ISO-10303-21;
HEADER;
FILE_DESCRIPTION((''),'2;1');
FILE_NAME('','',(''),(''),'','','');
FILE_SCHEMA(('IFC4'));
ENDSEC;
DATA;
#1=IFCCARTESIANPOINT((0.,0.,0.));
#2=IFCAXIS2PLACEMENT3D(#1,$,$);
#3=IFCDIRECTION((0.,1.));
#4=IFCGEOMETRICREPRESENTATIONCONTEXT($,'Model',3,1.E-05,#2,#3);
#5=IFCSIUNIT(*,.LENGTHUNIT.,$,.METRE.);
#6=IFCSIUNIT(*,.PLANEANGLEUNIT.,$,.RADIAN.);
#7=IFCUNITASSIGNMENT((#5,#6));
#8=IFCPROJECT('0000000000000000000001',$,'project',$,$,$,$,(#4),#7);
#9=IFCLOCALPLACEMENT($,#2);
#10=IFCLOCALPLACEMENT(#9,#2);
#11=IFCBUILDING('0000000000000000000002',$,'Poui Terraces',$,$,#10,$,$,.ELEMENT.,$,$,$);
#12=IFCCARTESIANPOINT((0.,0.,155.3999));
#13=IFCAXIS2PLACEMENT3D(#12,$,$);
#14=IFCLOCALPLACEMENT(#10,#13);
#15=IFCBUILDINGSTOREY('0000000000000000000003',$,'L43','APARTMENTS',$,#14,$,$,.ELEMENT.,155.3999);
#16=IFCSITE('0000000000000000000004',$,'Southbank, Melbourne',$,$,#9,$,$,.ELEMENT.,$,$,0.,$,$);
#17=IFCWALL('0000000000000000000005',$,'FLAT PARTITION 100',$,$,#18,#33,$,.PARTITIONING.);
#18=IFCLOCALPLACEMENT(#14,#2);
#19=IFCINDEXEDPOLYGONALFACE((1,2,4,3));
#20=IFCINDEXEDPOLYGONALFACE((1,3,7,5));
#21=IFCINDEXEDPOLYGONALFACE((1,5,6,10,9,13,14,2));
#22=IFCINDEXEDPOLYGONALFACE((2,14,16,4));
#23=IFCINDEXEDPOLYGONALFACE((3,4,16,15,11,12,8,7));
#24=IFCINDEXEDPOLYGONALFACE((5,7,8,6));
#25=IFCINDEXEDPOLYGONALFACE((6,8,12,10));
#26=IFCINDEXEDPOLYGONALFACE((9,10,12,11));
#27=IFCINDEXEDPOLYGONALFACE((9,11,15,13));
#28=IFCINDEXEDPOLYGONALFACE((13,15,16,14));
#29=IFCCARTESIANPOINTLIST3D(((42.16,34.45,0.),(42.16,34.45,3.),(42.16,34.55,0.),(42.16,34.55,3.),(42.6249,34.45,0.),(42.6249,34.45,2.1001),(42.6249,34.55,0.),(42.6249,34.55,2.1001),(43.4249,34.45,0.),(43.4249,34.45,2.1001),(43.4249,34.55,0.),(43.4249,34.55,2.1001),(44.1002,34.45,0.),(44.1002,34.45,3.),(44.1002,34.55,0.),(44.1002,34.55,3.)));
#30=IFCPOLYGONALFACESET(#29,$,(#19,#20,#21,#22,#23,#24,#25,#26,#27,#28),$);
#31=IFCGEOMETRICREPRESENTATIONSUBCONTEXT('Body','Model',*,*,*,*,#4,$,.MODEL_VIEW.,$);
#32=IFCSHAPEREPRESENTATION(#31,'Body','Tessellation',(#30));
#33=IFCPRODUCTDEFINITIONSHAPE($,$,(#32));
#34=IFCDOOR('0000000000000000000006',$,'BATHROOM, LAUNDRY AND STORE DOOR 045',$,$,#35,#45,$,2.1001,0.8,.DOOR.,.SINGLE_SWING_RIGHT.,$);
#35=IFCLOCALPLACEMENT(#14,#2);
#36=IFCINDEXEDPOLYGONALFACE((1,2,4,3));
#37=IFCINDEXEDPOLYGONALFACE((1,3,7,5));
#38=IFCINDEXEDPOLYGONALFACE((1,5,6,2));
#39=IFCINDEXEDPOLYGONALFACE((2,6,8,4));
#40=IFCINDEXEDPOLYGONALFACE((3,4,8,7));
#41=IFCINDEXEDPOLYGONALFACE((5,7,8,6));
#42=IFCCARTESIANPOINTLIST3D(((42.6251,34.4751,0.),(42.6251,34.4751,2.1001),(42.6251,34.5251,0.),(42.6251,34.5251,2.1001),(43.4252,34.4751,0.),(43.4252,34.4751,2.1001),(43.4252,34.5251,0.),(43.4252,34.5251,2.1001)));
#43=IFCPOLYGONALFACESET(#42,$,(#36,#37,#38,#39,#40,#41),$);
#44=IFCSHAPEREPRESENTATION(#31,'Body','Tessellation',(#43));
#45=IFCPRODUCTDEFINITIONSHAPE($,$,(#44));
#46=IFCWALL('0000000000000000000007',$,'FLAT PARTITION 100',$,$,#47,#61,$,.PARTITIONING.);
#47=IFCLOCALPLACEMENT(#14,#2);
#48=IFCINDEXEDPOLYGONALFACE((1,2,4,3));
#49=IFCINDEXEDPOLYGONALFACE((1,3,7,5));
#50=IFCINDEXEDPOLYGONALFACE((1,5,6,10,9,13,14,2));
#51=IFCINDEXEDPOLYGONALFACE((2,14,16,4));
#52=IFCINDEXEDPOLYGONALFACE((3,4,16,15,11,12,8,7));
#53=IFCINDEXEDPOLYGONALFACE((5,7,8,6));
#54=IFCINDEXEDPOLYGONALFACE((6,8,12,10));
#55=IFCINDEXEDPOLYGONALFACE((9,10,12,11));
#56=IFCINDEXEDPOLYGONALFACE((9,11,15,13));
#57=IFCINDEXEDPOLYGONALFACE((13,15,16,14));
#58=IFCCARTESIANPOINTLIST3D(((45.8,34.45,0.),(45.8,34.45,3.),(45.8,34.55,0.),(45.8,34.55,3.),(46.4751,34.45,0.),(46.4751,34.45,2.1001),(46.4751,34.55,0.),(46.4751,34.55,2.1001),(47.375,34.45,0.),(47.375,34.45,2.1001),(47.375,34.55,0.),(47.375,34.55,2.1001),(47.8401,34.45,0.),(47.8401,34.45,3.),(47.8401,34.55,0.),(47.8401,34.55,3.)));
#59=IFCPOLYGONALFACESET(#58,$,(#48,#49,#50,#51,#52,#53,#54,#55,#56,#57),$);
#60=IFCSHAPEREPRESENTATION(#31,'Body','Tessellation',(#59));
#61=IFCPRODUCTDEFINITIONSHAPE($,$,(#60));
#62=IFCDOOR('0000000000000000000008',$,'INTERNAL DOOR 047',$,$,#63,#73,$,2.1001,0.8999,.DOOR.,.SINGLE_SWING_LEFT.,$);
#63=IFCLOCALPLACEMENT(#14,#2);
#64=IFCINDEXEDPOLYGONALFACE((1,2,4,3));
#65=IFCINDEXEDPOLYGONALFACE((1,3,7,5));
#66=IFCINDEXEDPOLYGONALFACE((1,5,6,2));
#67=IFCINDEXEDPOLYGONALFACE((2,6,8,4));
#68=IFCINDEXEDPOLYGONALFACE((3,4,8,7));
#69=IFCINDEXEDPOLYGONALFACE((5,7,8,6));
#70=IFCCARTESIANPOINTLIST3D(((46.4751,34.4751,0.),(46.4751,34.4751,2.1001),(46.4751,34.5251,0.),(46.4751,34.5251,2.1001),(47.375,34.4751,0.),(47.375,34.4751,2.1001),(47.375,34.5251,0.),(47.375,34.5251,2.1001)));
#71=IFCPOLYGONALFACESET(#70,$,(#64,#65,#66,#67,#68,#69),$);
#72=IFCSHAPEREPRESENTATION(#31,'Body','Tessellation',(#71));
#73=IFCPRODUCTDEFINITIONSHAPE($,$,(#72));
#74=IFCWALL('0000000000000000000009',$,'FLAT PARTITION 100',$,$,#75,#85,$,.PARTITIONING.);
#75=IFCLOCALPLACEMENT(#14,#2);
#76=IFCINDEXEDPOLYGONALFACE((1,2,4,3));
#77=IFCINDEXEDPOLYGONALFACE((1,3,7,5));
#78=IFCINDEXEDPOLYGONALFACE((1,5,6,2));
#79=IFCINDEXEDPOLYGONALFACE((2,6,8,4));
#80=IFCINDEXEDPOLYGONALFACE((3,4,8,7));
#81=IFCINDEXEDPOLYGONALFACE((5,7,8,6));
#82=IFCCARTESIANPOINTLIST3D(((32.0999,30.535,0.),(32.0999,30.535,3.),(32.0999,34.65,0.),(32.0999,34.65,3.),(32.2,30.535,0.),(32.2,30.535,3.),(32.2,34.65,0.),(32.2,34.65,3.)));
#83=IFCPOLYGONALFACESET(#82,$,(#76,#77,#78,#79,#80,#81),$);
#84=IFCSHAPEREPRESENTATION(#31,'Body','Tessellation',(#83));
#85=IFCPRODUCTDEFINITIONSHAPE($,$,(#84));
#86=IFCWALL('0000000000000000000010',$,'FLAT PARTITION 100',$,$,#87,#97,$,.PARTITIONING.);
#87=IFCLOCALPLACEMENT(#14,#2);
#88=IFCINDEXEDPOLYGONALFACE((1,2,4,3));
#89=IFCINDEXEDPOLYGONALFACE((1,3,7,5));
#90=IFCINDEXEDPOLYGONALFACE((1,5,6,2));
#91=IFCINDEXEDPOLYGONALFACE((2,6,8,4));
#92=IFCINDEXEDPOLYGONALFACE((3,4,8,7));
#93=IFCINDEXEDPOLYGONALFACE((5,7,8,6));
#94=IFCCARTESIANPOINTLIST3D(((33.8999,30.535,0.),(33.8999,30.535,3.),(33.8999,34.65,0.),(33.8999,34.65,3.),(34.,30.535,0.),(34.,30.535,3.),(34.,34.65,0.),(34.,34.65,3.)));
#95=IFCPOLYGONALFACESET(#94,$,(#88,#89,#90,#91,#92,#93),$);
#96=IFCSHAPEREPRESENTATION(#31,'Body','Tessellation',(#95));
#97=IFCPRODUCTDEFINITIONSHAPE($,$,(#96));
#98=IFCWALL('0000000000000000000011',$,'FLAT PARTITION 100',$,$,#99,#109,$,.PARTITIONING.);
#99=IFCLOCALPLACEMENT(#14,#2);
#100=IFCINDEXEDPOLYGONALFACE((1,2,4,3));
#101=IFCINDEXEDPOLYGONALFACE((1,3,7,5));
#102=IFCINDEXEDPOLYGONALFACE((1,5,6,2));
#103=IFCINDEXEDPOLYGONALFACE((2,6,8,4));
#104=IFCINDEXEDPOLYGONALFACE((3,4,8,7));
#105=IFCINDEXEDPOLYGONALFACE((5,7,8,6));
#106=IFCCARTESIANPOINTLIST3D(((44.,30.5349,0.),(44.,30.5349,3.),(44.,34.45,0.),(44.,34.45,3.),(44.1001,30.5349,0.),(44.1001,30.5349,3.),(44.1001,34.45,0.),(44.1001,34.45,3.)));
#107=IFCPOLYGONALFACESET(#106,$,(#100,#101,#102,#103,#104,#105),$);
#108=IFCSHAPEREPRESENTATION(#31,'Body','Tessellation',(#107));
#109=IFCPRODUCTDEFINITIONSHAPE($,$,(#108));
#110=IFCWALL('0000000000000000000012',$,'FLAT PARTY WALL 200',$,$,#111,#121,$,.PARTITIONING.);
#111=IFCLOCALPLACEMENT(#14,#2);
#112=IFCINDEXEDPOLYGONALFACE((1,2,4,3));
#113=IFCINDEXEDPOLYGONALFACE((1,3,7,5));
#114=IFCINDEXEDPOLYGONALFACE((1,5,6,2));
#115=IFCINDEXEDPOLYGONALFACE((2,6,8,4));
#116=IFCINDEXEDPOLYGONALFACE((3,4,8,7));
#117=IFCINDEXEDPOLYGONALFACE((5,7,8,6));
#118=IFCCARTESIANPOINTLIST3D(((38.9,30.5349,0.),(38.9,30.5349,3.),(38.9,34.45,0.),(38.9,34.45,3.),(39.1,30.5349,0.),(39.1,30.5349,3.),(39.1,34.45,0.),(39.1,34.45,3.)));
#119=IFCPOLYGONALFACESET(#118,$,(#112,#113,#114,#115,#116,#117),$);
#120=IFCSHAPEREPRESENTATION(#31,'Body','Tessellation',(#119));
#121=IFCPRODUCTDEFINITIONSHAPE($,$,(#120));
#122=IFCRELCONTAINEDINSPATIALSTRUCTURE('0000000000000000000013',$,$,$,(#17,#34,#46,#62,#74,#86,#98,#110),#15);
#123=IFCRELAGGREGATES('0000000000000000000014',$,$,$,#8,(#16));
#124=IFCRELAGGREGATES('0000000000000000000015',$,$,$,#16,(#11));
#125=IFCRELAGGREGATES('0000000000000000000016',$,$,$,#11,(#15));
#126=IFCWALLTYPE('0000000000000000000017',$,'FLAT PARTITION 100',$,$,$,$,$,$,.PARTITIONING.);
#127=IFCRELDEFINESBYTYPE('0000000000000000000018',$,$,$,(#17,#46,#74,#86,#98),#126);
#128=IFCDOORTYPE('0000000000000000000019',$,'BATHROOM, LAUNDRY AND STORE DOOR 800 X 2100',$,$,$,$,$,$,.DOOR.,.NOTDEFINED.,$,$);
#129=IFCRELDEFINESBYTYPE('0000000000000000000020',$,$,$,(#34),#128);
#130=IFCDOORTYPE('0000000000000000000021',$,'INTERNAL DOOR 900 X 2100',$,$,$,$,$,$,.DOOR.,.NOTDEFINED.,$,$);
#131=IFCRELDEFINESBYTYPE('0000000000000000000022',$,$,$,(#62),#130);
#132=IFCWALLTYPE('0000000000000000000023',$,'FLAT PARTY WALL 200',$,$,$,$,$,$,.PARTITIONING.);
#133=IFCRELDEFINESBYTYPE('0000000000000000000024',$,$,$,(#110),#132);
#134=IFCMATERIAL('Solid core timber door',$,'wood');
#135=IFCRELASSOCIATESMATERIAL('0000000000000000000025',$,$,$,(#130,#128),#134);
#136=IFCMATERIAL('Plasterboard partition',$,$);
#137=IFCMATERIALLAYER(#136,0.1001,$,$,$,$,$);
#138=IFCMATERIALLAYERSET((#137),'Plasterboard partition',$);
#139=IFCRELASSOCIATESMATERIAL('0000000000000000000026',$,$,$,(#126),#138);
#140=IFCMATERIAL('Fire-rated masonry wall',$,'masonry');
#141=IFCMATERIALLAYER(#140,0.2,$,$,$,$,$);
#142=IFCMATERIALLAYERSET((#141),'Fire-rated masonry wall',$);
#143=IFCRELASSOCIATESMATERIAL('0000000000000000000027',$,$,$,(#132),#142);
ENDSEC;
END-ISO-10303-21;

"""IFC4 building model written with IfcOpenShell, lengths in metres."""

from ifc_helpers import new_model, si_unit, direction, frame, frame_2d, origin, place, context, subcontext, project, spatial, rectangle, extrude, material, layer, layer_set, type_object, element, fill, save


model = new_model("IFC4")

# Units and contexts
model_context = context("Model", 3, precision=1e-05, world=origin(), true_north=direction((0.0, 1.0)))
body_context = subcontext(model_context, "Body", "Model", "MODEL_VIEW")
ifc_project = project(units=[si_unit("LENGTHUNIT", "METRE"), si_unit("PLANEANGLEUNIT", "RADIAN")], contexts=[model_context])

# Site, building, storey
site_placement = place(None, origin())
site = spatial("IfcSite", under=ifc_project, at=site_placement, Name="Southbank, Melbourne", CompositionType="ELEMENT", RefElevation=0.0)
building_placement = place(site_placement, origin())
building = spatial("IfcBuilding", under=site, at=building_placement, Name="Poui Terraces", CompositionType="ELEMENT")
storey_placement = place(building_placement, frame((0.0, 0.0, 155.3999)))
storey = spatial("IfcBuildingStorey", under=building, at=storey_placement, Name="L43", Description="APARTMENTS", CompositionType="ELEMENT", Elevation=155.3999)

# Walls, openings, doors
ifc_material_1 = material(Name="Solid core timber door", Category="wood")
door_type_1 = type_object("IfcDoorType", Name="INTERNAL DOOR 900 X 2100", OperationType="NOTDEFINED", PredefinedType="DOOR", material=ifc_material_1)
ifc_material_2 = material(Name="Plasterboard partition")
ifc_layer_1 = layer(ifc_material_2, 0.1001)
ifc_layer_set_1 = layer_set([ifc_layer_1], Name="Plasterboard partition")
wall_type_1 = type_object("IfcWallType", Name="FLAT PARTITION 100", PredefinedType="PARTITIONING", material=ifc_layer_set_1)
door_type_2 = type_object("IfcDoorType", Name="BATHROOM, LAUNDRY AND STORE DOOR 800 X 2100", OperationType="NOTDEFINED", PredefinedType="DOOR", material=ifc_material_1)
wall_1_placement = place(storey_placement, frame((42.1599, 34.5, 0.0), z_axis=(0.0, 0.0, 1.0), x_axis=(1.0, 0.0, 0.0)))
wall_1 = element("IfcWall", 1, at=wall_1_placement, inside=storey, type_object=wall_type_1, Name="FLAT PARTITION 100", PredefinedType="PARTITIONING", context=body_context, shape_type="SweptSolid", body=[
    extrude(rectangle(XDim=1.9402, YDim=0.1001, at=frame_2d((0.9702, 0.0))), origin(), (0.0, 0.0, 1.0), 3.0),
])
opening_1_placement = place(wall_1_placement, frame((0.4651, 0.0, 0.0)))
opening_1 = element("IfcOpeningElement", 2, at=opening_1_placement, cuts=wall_1, PredefinedType="OPENING", context=body_context, shape_type="SweptSolid", body=[
    extrude(rectangle(XDim=0.8, YDim=2.1001, at=frame_2d((0.3999, 1.05))), frame((0.0, 0.0601, 0.0), z_axis=(0.0, -1.0, 0.0), x_axis=(1.0, 0.0, 0.0)), (0.0, 0.0, 1.0), 0.1201),
])
door_1_placement = place(opening_1_placement, frame((0.8, 0.0, 0.0), z_axis=(0.0, 0.0, 1.0), x_axis=(-1.0, 0.0, 0.0)))
door_1 = element("IfcDoor", 3, at=door_1_placement, inside=storey, type_object=door_type_2, Name="BATHROOM, LAUNDRY AND STORE DOOR 045", OperationType="SINGLE_SWING_RIGHT", OverallHeight=2.1001, OverallWidth=0.8, PredefinedType="DOOR", context=body_context, shape_type="SweptSolid", body=[
    extrude(rectangle(XDim=0.8, YDim=2.1001, at=frame_2d((0.3999, 1.05))), frame((0.0, 0.0249, 0.0), z_axis=(0.0, -1.0, 0.0), x_axis=(1.0, 0.0, 0.0)), (0.0, 0.0, 1.0), 0.05),
])
fill(opening_1, door_1)
wall_2_placement = place(storey_placement, frame((45.8, 34.5, 0.0), z_axis=(0.0, 0.0, 1.0), x_axis=(1.0, 0.0, 0.0)))
wall_2 = element("IfcWall", 4, at=wall_2_placement, inside=storey, type_object=wall_type_1, Name="FLAT PARTITION 100", PredefinedType="PARTITIONING", context=body_context, shape_type="SweptSolid", body=[
    extrude(rectangle(XDim=2.04, YDim=0.1001, at=frame_2d((1.02, 0.0))), origin(), (0.0, 0.0, 1.0), 3.0),
])
opening_2_placement = place(wall_2_placement, frame((0.675, 0.0, 0.0)))
opening_2 = element("IfcOpeningElement", 5, at=opening_2_placement, cuts=wall_2, PredefinedType="OPENING", context=body_context, shape_type="SweptSolid", body=[
    extrude(rectangle(XDim=0.8999, YDim=2.1001, at=frame_2d((0.45, 1.05))), frame((0.0, 0.0601, 0.0), z_axis=(0.0, -1.0, 0.0), x_axis=(1.0, 0.0, 0.0)), (0.0, 0.0, 1.0), 0.1201),
])
door_2_placement = place(opening_2_placement, frame((0.8999, 0.0, 0.0), z_axis=(0.0, 0.0, 1.0), x_axis=(-1.0, 0.0, 0.0)))
door_2 = element("IfcDoor", 6, at=door_2_placement, inside=storey, type_object=door_type_1, Name="INTERNAL DOOR 047", OperationType="SINGLE_SWING_LEFT", OverallHeight=2.1001, OverallWidth=0.8999, PredefinedType="DOOR", context=body_context, shape_type="SweptSolid", body=[
    extrude(rectangle(XDim=0.8999, YDim=2.1001, at=frame_2d((0.45, 1.05))), frame((0.0, 0.0249, 0.0), z_axis=(0.0, -1.0, 0.0), x_axis=(1.0, 0.0, 0.0)), (0.0, 0.0, 1.0), 0.05),
])
fill(opening_2, door_2)

# Walls
for number, where, z_axis, x_axis, name in (
    (7, (32.1499, 30.5349, 0.0), (0.0, 0.0, 1.0), (0.0, 1.0, 0.0), "FLAT PARTITION 100"),
    (8, (33.95, 30.5349, 0.0), (0.0, 0.0, 1.0), (0.0, 1.0, 0.0), "FLAT PARTITION 100"),
):
    element("IfcWall", number, at=place(storey_placement, frame(where, z_axis=z_axis, x_axis=x_axis)), inside=storey, type_object=wall_type_1, Name=name, PredefinedType="PARTITIONING", context=body_context, shape_type="SweptSolid", body=[
        extrude(rectangle(XDim=4.115, YDim=0.1001, at=frame_2d((2.0576, 0.0))), origin(), (0.0, 0.0, 1.0), 3.0),
    ])
wall_3_placement = place(storey_placement, frame((44.05, 30.5349, 0.0), z_axis=(0.0, 0.0, 1.0), x_axis=(0.0, 1.0, 0.0)))
element("IfcWall", 9, at=wall_3_placement, inside=storey, type_object=wall_type_1, Name="FLAT PARTITION 100", PredefinedType="PARTITIONING", context=body_context, shape_type="SweptSolid", body=[
    extrude(rectangle(XDim=3.915, YDim=0.1001, at=frame_2d((1.9575, 0.0))), origin(), (0.0, 0.0, 1.0), 3.0),
])
ifc_material_3 = material(Name="Fire-rated masonry wall", Category="masonry")
ifc_layer_2 = layer(ifc_material_3, 0.2)
ifc_layer_set_2 = layer_set([ifc_layer_2], Name="Fire-rated masonry wall")
wall_type_2 = type_object("IfcWallType", Name="FLAT PARTY WALL 200", PredefinedType="PARTITIONING", material=ifc_layer_set_2)
wall_4_placement = place(storey_placement, frame((39.0, 30.5349, 0.0), z_axis=(0.0, 0.0, 1.0), x_axis=(0.0, 1.0, 0.0)))
element("IfcWall", 10, at=wall_4_placement, inside=storey, type_object=wall_type_2, Name="FLAT PARTY WALL 200", PredefinedType="PARTITIONING", context=body_context, shape_type="SweptSolid", body=[
    extrude(rectangle(XDim=3.915, YDim=0.2, at=frame_2d((1.9575, 0.0))), origin(), (0.0, 0.0, 1.0), 3.0),
])

save(model, "model.ifc")
